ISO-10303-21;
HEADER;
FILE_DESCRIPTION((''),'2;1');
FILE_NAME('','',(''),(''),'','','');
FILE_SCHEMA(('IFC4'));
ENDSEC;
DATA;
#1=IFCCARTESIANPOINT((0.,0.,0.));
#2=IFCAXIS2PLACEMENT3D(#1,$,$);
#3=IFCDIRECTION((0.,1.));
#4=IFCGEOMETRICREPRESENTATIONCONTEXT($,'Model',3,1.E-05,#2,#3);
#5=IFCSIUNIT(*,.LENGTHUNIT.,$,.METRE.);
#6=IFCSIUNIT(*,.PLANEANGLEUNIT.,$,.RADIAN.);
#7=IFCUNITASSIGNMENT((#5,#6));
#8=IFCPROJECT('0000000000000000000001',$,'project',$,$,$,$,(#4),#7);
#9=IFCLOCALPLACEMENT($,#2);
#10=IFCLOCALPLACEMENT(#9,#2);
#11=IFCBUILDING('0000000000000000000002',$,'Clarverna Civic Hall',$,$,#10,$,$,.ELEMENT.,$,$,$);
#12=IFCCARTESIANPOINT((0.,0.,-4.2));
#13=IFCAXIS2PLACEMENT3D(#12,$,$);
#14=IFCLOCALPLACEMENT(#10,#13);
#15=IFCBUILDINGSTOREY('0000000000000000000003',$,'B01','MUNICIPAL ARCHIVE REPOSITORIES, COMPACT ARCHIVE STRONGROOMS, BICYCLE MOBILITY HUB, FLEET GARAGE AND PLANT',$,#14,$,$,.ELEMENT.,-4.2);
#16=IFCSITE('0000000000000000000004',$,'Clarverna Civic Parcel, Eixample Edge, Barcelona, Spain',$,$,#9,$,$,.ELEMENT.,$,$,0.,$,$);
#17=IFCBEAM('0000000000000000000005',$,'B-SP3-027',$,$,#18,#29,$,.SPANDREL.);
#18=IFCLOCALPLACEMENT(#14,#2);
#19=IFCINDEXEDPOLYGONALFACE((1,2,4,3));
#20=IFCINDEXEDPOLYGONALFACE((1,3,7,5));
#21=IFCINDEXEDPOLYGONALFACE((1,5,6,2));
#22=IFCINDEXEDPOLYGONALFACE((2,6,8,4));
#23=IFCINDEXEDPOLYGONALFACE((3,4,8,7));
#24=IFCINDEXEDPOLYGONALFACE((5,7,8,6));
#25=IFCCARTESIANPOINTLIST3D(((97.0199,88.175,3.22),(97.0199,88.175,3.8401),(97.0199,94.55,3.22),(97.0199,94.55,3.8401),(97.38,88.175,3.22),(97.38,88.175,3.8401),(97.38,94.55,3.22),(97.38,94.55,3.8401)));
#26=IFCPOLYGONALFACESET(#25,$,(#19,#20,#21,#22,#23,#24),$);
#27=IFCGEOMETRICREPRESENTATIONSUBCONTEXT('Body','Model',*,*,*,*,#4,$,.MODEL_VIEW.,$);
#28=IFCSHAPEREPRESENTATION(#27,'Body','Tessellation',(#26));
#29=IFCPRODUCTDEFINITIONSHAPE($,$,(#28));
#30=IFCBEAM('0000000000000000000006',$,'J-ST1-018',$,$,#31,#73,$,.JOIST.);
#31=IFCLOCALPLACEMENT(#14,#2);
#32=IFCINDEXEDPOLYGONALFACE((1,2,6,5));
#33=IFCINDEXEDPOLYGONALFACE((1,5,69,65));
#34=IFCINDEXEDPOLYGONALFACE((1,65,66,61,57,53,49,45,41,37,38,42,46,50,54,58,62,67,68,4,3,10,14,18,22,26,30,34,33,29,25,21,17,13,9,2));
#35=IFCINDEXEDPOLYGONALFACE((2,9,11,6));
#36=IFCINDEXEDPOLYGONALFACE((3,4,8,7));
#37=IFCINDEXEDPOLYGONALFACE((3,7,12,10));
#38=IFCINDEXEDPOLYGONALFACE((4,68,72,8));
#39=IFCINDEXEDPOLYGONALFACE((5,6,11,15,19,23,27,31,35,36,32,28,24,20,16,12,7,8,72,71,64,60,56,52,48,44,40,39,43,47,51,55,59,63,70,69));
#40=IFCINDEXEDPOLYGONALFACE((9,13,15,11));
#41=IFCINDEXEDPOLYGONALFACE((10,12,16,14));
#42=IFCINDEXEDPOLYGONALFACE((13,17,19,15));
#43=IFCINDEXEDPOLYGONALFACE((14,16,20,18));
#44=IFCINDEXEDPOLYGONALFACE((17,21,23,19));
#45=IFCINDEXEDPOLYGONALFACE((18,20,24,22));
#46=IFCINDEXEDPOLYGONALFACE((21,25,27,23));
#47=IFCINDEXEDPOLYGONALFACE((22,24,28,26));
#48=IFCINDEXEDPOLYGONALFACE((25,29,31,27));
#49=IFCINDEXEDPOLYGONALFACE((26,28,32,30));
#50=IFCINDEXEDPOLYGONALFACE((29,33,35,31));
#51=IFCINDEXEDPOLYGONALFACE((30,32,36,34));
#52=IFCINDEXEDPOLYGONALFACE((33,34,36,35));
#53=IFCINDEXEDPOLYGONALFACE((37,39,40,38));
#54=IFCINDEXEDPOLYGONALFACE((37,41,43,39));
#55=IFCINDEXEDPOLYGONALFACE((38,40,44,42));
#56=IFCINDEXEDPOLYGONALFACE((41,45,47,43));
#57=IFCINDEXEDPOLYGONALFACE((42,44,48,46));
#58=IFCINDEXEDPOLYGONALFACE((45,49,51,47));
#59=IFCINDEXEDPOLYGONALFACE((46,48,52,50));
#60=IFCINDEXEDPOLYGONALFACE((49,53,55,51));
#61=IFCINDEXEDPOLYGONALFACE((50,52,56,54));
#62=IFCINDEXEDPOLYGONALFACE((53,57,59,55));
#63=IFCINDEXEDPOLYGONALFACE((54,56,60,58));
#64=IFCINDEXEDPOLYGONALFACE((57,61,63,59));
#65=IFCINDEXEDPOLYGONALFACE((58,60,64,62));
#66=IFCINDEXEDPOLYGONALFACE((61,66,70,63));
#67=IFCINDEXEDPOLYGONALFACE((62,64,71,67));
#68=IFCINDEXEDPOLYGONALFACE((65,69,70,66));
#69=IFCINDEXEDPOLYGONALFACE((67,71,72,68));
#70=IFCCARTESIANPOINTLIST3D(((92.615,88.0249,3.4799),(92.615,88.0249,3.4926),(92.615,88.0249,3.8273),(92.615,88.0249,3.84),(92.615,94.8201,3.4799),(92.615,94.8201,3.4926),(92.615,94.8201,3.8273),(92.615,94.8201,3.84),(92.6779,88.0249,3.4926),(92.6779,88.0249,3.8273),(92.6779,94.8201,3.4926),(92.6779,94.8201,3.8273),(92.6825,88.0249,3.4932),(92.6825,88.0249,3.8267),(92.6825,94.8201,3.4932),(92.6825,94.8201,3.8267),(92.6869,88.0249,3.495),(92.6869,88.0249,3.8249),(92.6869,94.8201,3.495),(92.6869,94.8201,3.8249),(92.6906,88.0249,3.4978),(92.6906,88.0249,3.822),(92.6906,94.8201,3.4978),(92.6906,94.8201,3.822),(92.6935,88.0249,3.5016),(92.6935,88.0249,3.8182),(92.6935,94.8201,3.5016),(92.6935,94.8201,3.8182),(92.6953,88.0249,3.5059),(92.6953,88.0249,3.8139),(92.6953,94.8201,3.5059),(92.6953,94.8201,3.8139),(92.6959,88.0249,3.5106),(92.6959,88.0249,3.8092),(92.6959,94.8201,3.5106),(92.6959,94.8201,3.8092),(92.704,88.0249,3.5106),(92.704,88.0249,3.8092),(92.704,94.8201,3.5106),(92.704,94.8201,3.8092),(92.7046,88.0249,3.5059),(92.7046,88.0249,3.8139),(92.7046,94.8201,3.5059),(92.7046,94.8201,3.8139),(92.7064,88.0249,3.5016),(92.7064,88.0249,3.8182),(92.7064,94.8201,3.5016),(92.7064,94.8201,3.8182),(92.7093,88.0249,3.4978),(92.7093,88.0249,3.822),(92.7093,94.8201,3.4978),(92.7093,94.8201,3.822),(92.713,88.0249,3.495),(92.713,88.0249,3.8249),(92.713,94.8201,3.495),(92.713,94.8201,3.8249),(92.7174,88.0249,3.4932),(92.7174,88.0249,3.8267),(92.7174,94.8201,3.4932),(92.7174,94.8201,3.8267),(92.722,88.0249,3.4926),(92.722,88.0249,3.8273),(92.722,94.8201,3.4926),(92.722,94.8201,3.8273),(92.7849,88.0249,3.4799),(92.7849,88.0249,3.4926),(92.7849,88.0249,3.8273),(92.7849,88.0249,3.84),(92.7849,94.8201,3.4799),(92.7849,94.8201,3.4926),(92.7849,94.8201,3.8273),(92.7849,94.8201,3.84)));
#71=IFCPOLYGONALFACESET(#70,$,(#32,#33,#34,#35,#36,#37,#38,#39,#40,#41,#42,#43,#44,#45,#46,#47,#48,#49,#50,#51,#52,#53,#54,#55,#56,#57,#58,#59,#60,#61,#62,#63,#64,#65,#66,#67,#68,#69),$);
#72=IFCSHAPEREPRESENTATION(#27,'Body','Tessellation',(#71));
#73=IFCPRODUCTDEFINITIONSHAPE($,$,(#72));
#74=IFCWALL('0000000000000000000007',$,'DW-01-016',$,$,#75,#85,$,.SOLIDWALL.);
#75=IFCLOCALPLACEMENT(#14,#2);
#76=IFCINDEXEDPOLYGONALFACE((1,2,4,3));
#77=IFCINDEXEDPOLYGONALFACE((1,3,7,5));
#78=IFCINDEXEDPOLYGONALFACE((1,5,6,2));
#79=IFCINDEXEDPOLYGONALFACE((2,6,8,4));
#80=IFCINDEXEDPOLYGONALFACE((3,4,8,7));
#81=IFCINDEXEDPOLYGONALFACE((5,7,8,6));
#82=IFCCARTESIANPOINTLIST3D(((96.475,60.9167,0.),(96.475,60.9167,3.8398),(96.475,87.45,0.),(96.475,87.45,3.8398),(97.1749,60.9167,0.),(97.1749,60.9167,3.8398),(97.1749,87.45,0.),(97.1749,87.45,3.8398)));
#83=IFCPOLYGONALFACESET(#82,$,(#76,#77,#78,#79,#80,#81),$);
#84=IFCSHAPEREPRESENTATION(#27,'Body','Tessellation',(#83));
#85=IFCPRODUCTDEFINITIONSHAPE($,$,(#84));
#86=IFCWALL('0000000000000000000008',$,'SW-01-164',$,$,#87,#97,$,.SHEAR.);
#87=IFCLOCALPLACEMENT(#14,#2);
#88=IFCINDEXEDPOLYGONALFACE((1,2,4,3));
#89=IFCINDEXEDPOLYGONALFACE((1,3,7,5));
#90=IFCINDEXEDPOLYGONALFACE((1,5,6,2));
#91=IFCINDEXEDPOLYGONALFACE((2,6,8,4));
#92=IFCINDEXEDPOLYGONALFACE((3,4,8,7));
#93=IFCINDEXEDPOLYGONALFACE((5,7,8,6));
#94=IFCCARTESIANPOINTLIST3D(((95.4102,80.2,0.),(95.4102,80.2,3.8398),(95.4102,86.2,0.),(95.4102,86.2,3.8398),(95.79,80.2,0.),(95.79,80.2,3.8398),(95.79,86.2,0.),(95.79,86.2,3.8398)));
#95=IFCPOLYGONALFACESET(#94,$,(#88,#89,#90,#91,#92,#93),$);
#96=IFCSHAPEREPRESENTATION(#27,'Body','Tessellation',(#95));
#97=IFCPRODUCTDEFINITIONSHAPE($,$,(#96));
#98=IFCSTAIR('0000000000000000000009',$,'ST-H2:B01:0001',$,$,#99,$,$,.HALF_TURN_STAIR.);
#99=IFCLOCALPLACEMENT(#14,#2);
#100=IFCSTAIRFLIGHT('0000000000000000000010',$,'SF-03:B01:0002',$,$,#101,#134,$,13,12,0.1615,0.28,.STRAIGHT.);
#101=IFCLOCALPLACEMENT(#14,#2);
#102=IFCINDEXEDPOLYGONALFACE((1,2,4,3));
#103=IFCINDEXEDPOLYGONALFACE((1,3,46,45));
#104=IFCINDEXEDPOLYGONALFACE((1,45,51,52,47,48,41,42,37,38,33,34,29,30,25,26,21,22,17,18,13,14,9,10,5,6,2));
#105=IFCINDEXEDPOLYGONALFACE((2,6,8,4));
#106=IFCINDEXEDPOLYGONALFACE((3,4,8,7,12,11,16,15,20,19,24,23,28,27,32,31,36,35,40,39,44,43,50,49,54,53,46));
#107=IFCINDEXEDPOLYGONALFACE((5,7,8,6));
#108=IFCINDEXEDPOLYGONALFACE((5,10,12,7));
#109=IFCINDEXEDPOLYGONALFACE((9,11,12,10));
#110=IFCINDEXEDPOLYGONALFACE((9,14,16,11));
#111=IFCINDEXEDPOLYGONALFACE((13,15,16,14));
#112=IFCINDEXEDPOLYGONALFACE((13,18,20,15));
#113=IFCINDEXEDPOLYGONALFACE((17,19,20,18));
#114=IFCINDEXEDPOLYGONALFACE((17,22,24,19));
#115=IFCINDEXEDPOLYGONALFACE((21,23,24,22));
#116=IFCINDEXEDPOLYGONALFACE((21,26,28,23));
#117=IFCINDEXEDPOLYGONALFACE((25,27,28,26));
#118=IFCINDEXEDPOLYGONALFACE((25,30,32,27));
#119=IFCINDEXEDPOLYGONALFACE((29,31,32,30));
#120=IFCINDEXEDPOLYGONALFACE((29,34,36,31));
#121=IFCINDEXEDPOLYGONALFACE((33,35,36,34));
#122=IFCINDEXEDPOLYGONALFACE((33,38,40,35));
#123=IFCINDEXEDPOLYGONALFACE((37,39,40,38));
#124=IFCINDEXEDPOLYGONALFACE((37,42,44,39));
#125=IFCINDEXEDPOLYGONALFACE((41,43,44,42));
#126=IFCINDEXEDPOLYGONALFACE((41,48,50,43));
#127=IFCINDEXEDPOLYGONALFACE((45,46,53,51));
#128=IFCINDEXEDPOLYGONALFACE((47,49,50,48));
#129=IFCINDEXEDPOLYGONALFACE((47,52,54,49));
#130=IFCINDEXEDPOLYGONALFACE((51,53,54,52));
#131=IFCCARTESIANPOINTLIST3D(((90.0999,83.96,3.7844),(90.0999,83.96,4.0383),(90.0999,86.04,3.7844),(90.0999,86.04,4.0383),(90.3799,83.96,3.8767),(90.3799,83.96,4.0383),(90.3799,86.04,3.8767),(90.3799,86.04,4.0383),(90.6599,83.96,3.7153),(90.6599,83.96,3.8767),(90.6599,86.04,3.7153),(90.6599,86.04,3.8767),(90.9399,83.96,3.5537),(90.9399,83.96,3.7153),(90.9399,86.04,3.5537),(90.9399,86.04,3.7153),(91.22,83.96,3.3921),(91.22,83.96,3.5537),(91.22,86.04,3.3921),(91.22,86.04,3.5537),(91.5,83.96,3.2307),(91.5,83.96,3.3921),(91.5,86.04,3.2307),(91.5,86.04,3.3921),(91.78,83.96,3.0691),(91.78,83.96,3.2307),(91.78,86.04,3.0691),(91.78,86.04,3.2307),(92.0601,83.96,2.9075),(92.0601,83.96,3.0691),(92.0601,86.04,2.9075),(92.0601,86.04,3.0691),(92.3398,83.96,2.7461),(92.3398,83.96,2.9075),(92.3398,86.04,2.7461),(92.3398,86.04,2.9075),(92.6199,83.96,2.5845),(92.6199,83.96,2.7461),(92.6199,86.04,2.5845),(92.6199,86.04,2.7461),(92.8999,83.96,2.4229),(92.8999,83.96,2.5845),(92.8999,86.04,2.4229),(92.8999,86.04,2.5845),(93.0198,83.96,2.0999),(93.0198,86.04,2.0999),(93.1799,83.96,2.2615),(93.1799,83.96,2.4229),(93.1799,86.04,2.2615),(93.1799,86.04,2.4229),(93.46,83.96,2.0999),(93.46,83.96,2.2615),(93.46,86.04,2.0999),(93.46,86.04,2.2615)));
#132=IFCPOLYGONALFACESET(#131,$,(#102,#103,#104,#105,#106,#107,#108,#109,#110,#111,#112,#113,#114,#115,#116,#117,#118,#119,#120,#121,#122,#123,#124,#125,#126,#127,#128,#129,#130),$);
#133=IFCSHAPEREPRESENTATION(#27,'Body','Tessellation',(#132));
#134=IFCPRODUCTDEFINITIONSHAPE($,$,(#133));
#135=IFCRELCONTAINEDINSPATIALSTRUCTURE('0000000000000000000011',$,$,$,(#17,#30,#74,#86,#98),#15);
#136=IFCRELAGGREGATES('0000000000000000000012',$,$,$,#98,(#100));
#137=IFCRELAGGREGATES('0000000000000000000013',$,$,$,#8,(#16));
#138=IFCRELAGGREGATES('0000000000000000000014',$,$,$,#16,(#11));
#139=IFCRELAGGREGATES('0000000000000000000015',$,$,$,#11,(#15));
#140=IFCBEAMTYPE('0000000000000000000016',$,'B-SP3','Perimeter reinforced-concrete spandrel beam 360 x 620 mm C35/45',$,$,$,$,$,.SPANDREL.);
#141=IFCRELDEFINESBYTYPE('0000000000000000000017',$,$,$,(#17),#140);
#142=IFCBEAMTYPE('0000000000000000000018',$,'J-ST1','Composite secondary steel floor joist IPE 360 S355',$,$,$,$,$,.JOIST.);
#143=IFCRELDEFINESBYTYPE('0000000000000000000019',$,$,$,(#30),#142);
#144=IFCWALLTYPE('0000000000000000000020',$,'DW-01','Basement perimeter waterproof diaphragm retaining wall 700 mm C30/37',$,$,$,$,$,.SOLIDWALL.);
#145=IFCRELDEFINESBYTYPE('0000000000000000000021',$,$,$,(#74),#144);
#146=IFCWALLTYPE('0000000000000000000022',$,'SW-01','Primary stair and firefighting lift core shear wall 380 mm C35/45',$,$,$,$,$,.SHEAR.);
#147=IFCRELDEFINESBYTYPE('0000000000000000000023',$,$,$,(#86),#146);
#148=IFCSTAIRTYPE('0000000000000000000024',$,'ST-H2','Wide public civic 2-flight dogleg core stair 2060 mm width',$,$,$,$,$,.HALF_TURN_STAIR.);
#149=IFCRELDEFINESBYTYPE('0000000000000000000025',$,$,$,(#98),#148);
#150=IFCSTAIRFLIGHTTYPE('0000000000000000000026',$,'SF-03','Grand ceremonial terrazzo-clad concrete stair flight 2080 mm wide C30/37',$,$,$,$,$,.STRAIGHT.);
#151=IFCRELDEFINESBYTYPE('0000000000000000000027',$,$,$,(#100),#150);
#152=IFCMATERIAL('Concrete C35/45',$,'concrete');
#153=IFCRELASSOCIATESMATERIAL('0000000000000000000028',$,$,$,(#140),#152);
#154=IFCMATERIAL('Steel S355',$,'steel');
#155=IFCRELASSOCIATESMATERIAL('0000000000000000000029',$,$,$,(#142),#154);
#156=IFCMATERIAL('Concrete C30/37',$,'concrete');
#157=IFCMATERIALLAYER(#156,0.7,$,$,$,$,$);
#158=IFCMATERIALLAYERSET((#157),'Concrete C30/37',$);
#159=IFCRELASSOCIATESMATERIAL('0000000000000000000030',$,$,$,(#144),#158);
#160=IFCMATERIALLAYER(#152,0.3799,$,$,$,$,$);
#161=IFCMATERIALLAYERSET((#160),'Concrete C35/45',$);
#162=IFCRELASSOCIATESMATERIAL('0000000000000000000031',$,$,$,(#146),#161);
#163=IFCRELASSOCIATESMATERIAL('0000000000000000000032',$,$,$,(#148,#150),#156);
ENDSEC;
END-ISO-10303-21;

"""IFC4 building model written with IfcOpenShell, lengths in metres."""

from ifc_helpers import new_model, si_unit, direction, frame, frame_2d, origin, origin_2d, place, context, subcontext, project, spatial, polyline, rectangle, i_section, outline, extrude, material, layer, layer_set, material_profile, profile_set, type_object, element, aggregate, save


model = new_model("IFC4")

# Units and contexts
model_context = context("Model", 3, precision=1e-05, world=origin(), true_north=direction((0.0, 1.0)))
body_context = subcontext(model_context, "Body", "Model", "MODEL_VIEW")
ifc_project = project(units=[si_unit("LENGTHUNIT", "METRE"), si_unit("PLANEANGLEUNIT", "RADIAN")], contexts=[model_context])

# Site, building, storey
site_placement = place(None, origin())
site = spatial("IfcSite", under=ifc_project, at=site_placement, Name="Clarverna Civic Parcel, Eixample Edge, Barcelona, Spain", CompositionType="ELEMENT", RefElevation=0.0)
building_placement = place(site_placement, origin())
building = spatial("IfcBuilding", under=site, at=building_placement, Name="Clarverna Civic Hall", CompositionType="ELEMENT")
storey_placement = place(building_placement, frame((0.0, 0.0, -4.2)))
storey = spatial("IfcBuildingStorey", under=building, at=storey_placement, Name="B01", Description="MUNICIPAL ARCHIVE REPOSITORIES, COMPACT ARCHIVE STRONGROOMS, BICYCLE MOBILITY HUB, FLEET GARAGE AND PLANT", CompositionType="ELEMENT", Elevation=-4.2)

# Shared definitions
ifc_material_1 = material(Name="Concrete C30/37", Category="concrete")

# Beams
ifc_material_2 = material(Name="Concrete C35/45", Category="concrete")
ifc_material_profile_1 = material_profile(ifc_material_2, rectangle(XDim=0.3601, YDim=0.6201, at=origin_2d()), Name="RC 360x620")
ifc_profile_set_1 = profile_set([ifc_material_profile_1], Name="Concrete C35/45")
beam_type_1 = type_object("IfcBeamType", Name="B-SP3", Description="Perimeter reinforced-concrete spandrel beam 360 x 620 mm C35/45", PredefinedType="SPANDREL", material=ifc_profile_set_1)
beam_1_placement = place(storey_placement, frame((97.2, 88.175, 3.53), z_axis=(0.0, 1.0, 0.0), x_axis=(-1.0, 0.0, 0.0)))
element("IfcBeam", 1, at=beam_1_placement, inside=storey, type_object=beam_type_1, Name="B-SP3-027", PredefinedType="SPANDREL", context=body_context, shape_type="SweptSolid", body=[
    extrude(rectangle(XDim=0.3601, YDim=0.6201, at=origin_2d()), origin(), (0.0, 0.0, 1.0), 6.375),
])
ifc_material_3 = material(Name="Steel S355", Category="steel")
ifc_material_profile_2 = material_profile(ifc_material_3, i_section(OverallWidth=0.1699, OverallDepth=0.3601, WebThickness=0.0081, FlangeThickness=0.0127, FilletRadius=0.0181, at=origin_2d()), Name="IPE 360")
ifc_profile_set_2 = profile_set([ifc_material_profile_2], Name="Steel S355")
beam_type_2 = type_object("IfcBeamType", Name="J-ST1", Description="Composite secondary steel floor joist IPE 360 S355", PredefinedType="JOIST", material=ifc_profile_set_2)
beam_2_placement = place(storey_placement, frame((92.7, 88.0249, 3.6599), z_axis=(0.0, 1.0, 0.0), x_axis=(-1.0, 0.0, 0.0)))
element("IfcBeam", 2, at=beam_2_placement, inside=storey, type_object=beam_type_2, Name="J-ST1-018", PredefinedType="JOIST", context=body_context, shape_type="SweptSolid", body=[
    extrude(i_section(OverallWidth=0.1699, OverallDepth=0.3601, WebThickness=0.0081, FlangeThickness=0.0127, FilletRadius=0.0181, at=origin_2d()), origin(), (0.0, 0.0, 1.0), 6.7952),
])

# Walls
ifc_layer_1 = layer(ifc_material_1, 0.7)
ifc_layer_set_1 = layer_set([ifc_layer_1], Name="Concrete C30/37")
wall_type_1 = type_object("IfcWallType", Name="DW-01", Description="Basement perimeter waterproof diaphragm retaining wall 700 mm C30/37", PredefinedType="SOLIDWALL", material=ifc_layer_set_1)
wall_1_placement = place(storey_placement, frame((96.825, 87.45, 0.0), z_axis=(0.0, 0.0, 1.0), x_axis=(0.0, -1.0, 0.0)))
element("IfcWall", 3, at=wall_1_placement, inside=storey, type_object=wall_type_1, Name="DW-01-016", PredefinedType="SOLIDWALL", context=body_context, shape_type="SweptSolid", body=[
    extrude(rectangle(XDim=26.5332, YDim=0.7, at=frame_2d((13.2666, 0.0))), origin(), (0.0, 0.0, 1.0), 3.8398),
])
ifc_layer_2 = layer(ifc_material_2, 0.3799)
ifc_layer_set_2 = layer_set([ifc_layer_2], Name="Concrete C35/45")
wall_type_2 = type_object("IfcWallType", Name="SW-01", Description="Primary stair and firefighting lift core shear wall 380 mm C35/45", PredefinedType="SHEAR", material=ifc_layer_set_2)
wall_2_placement = place(storey_placement, frame((95.6001, 80.2, 0.0), z_axis=(0.0, 0.0, 1.0), x_axis=(0.0, 1.0, 0.0)))
element("IfcWall", 4, at=wall_2_placement, inside=storey, type_object=wall_type_2, Name="SW-01-164", PredefinedType="SHEAR", context=body_context, shape_type="SweptSolid", body=[
    extrude(rectangle(XDim=6.0, YDim=0.3799, at=frame_2d((3.0, 0.0))), origin(), (0.0, 0.0, 1.0), 3.8398),
])

# Stair, stair flight
stair_type = type_object("IfcStairType", Name="ST-H2", Description="Wide public civic 2-flight dogleg core stair 2060 mm width", PredefinedType="HALF_TURN_STAIR", material=ifc_material_1)
stair_placement = place(storey_placement, origin())
stair = element("IfcStair", 5, at=stair_placement, inside=storey, type_object=stair_type, Name="ST-H2:B01:0001", PredefinedType="HALF_TURN_STAIR")
stair_flight_type = type_object("IfcStairFlightType", Name="SF-03", Description="Grand ceremonial terrazzo-clad concrete stair flight 2080 mm wide C30/37", PredefinedType="STRAIGHT", material=ifc_material_1)
stair_flight_placement = place(storey_placement, frame((93.46, 85.0, 2.0999), z_axis=(0.0, 0.0, 1.0), x_axis=(-1.0, 0.0, 0.0)))
stair_flight = element("IfcStairFlight", 6, at=stair_flight_placement, type_object=stair_flight_type, Name="SF-03:B01:0002", NumberOfRisers=13, NumberOfTreads=12, PredefinedType="STRAIGHT", RiserHeight=0.1615, TreadLength=0.28, context=body_context, shape_type="SweptSolid", body=[
    extrude(outline(polyline([(0.0, 0.0), (0.0, 0.1616), (0.28, 0.1616), (0.28, 0.323), (0.5601, 0.323), (0.5601, 0.4846), (0.8401, 0.4846), (0.8401, 0.6462), (1.1201, 0.6462), (1.1201, 0.8076), (1.3999, 0.8076), (1.3999, 0.9692), (1.6799, 0.9692), (1.6799, 1.1309), (1.96, 1.1309), (1.96, 1.2922), (2.24, 1.2922), (2.24, 1.4539), (2.52, 1.4539), (2.52, 1.6155), (2.8, 1.6155), (2.8, 1.7769), (3.0801, 1.7769), (3.0801, 1.9385), (3.3601, 1.9385), (3.3601, 2.1001), (3.3601, 1.6846), (0.4402, 0.0), (0.0, 0.0)])), frame((0.0, 1.04, 0.0), z_axis=(0.0, -1.0, 0.0), x_axis=(1.0, 0.0, 0.0)), (0.0, 0.0, 1.0), 2.0801),
])
aggregate(stair, [stair_flight])

save(model, "model.ifc")
